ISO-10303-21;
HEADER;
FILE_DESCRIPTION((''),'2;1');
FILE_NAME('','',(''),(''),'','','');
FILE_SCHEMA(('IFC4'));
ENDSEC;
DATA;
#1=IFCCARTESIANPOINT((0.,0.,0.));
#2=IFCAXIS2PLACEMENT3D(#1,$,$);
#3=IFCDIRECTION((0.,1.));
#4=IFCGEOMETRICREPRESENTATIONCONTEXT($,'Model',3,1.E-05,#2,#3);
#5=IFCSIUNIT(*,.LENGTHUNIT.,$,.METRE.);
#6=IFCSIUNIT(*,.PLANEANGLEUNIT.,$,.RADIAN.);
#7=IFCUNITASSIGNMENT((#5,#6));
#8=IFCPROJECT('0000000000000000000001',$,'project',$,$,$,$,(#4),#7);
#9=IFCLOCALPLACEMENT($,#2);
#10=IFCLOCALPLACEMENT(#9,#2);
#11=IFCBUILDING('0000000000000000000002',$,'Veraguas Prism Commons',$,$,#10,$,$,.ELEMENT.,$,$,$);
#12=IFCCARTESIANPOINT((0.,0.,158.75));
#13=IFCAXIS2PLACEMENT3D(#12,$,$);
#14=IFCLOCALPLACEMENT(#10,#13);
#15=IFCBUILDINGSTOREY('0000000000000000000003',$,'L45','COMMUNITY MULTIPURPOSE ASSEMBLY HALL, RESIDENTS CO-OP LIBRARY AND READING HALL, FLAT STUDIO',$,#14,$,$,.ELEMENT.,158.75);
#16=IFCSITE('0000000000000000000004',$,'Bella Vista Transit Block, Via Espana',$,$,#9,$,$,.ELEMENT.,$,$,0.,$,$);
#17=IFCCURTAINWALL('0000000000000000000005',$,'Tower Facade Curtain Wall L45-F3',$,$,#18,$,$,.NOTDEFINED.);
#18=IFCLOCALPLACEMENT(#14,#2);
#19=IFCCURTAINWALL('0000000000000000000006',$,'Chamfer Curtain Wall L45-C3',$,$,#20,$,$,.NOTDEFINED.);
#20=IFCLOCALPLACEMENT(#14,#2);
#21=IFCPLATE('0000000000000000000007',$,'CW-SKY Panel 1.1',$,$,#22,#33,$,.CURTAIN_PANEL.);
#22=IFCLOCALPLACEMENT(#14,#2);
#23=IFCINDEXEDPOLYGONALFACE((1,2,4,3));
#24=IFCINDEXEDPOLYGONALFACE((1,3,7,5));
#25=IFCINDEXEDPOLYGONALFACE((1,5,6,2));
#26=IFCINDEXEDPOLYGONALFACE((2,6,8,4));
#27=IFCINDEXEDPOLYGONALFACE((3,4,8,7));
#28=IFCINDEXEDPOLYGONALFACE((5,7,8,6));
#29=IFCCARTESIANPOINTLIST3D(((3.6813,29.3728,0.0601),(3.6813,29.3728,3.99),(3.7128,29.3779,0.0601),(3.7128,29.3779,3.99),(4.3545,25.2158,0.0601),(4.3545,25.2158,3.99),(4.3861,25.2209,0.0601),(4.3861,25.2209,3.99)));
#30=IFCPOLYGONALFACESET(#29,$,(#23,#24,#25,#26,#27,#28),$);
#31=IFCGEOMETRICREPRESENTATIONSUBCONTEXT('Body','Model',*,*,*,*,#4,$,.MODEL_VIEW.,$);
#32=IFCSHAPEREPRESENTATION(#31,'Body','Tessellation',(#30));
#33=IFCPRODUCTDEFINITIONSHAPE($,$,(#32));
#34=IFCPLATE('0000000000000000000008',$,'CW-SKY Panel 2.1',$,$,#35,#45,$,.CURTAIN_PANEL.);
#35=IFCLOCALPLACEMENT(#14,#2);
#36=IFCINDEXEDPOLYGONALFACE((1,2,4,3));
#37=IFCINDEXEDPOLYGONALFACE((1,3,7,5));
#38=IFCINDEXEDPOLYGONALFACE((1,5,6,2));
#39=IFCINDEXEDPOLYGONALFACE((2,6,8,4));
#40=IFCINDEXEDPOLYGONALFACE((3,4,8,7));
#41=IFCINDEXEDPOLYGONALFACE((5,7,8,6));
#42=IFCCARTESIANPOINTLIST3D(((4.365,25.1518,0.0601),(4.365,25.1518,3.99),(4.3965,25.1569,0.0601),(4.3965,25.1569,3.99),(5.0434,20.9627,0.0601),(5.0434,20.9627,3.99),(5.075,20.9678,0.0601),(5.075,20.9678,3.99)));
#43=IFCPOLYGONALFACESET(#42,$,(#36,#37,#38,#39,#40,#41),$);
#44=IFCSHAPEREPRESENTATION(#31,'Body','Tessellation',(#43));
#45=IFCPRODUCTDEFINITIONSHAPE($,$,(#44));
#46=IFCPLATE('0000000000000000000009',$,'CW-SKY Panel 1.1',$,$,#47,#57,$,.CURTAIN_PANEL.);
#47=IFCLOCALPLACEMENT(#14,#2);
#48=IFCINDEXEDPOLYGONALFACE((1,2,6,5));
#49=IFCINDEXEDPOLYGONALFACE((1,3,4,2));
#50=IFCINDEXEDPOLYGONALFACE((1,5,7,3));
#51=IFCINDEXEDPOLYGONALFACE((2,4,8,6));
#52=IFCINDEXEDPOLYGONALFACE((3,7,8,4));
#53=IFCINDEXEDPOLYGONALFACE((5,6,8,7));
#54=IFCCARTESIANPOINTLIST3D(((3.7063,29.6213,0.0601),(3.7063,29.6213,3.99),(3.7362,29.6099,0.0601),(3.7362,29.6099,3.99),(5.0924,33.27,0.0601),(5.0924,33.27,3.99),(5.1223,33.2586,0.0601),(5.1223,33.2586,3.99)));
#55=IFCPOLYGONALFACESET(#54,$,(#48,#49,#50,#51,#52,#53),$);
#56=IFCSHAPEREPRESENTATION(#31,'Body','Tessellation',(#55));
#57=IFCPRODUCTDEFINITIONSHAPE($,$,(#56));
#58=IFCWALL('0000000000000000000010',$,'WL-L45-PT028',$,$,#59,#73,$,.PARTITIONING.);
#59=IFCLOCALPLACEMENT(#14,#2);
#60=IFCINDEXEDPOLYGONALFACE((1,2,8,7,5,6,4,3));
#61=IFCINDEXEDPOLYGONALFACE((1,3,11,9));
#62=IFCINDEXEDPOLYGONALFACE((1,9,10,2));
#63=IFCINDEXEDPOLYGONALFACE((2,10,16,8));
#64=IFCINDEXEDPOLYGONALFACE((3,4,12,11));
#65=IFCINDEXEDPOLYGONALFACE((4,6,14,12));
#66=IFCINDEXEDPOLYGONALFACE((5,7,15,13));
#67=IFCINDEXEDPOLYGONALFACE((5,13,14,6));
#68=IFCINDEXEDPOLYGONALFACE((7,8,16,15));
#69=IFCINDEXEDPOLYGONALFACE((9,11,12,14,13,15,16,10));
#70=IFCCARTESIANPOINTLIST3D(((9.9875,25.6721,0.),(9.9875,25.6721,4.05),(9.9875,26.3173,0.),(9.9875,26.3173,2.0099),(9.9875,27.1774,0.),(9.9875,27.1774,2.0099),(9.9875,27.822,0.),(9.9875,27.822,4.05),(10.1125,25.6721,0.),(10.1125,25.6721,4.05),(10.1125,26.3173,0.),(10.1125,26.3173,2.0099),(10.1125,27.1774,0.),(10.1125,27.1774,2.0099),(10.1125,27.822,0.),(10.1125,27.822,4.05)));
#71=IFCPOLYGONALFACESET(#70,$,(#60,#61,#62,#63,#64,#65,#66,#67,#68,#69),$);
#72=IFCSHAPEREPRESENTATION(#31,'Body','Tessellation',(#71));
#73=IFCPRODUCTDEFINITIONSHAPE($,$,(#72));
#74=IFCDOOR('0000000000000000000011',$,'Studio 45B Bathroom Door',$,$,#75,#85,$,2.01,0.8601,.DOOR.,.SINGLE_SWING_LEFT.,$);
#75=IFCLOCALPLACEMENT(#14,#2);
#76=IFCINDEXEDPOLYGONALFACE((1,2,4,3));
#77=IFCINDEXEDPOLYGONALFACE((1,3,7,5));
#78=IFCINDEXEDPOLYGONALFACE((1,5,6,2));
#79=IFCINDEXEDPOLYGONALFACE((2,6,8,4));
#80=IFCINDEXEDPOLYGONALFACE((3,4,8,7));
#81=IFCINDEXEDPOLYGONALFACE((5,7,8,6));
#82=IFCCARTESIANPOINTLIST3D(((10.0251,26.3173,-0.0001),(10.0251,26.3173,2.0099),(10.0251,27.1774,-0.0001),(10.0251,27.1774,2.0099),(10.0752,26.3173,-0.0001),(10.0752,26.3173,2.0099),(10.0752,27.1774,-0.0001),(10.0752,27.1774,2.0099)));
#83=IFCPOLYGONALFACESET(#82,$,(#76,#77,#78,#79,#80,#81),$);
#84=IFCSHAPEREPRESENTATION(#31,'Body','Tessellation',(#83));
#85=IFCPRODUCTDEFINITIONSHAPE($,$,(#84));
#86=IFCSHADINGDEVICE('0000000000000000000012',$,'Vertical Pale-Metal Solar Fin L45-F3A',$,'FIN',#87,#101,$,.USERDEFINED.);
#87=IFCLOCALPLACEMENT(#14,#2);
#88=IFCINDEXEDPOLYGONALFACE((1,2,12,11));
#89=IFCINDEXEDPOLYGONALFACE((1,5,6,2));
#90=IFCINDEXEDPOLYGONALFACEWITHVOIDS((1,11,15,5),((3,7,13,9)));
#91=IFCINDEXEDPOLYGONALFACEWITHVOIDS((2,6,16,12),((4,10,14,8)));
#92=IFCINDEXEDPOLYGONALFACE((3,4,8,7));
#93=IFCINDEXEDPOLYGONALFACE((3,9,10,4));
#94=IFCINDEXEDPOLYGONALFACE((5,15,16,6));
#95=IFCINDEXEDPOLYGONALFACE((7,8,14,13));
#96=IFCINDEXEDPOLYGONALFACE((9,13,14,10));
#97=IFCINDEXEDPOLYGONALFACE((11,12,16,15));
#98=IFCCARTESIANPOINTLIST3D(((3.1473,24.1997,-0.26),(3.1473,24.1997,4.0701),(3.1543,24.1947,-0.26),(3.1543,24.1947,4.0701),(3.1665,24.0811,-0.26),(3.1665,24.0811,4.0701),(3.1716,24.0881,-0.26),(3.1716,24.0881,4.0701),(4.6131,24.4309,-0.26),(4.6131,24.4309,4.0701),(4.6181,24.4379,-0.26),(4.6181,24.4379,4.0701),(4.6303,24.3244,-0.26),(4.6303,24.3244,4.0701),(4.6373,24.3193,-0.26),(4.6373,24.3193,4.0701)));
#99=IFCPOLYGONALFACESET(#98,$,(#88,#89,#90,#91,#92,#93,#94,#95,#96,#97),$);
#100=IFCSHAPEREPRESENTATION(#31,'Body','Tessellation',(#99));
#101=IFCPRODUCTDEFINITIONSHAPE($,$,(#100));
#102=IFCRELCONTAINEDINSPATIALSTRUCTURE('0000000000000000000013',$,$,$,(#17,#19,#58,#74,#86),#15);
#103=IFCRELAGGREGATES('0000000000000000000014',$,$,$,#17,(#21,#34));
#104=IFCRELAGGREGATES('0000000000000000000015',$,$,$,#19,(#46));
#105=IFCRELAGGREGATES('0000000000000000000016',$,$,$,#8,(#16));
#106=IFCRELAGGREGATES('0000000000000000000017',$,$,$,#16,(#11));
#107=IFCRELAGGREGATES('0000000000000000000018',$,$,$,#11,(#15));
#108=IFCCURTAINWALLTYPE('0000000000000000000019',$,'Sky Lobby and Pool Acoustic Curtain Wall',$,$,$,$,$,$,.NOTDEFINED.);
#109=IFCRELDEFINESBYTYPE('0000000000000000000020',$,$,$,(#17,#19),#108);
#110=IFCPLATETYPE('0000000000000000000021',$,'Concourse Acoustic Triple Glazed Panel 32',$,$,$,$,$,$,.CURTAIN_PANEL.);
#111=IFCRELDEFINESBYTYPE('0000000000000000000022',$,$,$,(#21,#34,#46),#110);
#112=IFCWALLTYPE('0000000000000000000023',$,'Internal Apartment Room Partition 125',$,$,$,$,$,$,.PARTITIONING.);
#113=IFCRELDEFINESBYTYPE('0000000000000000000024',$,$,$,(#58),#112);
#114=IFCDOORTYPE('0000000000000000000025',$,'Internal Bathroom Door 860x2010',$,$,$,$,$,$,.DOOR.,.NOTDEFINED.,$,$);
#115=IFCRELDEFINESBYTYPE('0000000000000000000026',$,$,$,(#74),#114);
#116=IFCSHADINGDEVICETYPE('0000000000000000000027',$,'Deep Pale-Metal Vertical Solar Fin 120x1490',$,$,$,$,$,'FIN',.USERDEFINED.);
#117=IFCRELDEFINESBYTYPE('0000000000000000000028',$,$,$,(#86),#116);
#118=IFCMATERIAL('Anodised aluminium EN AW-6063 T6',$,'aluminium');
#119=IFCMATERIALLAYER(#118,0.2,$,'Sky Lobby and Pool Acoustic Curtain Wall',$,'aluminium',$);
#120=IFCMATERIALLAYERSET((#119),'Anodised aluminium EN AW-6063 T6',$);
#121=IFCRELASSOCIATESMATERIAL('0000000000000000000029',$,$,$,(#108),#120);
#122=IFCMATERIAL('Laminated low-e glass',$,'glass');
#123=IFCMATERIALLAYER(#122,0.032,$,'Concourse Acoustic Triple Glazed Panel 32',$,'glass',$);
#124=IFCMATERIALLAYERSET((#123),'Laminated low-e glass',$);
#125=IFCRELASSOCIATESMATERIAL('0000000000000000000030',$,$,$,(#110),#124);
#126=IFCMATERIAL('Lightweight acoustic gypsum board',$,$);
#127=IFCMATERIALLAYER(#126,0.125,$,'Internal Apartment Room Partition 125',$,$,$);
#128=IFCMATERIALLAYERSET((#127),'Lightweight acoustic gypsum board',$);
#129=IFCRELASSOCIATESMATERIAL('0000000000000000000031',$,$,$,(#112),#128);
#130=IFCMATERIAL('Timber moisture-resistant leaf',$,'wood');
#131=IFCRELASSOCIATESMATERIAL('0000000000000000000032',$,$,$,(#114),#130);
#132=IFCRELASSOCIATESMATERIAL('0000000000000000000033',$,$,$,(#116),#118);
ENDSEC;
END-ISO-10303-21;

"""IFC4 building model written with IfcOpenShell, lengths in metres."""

from ifc_helpers import new_model, si_unit, direction, frame, frame_2d, origin, origin_2d, place, context, subcontext, project, spatial, rectangle, hollow_rectangle, extrude, source, transform, mapped, material, layer, layer_set, material_profile, profile_set, type_object, element, fill, aggregate, save


model = new_model("IFC4")

# Units and contexts
model_context = context("Model", 3, precision=1e-05, world=origin(), true_north=direction((0.0, 1.0)))
body_context = subcontext(model_context, "Body", "Model", "MODEL_VIEW")
ifc_project = project(units=[si_unit("LENGTHUNIT", "METRE"), si_unit("PLANEANGLEUNIT", "RADIAN")], contexts=[model_context])

# Site, building, storey
site_placement = place(None, origin())
site = spatial("IfcSite", under=ifc_project, at=site_placement, Name="Bella Vista Transit Block, Via Espana", CompositionType="ELEMENT", RefElevation=0.0)
building_placement = place(site_placement, origin())
building = spatial("IfcBuilding", under=site, at=building_placement, Name="Veraguas Prism Commons", CompositionType="ELEMENT")
storey_placement = place(building_placement, frame((0.0, 0.0, 158.75)))
storey = spatial("IfcBuildingStorey", under=building, at=storey_placement, Name="L45", Description="COMMUNITY MULTIPURPOSE ASSEMBLY HALL, RESIDENTS CO-OP LIBRARY AND READING HALL, FLAT STUDIO", CompositionType="ELEMENT", Elevation=158.75)

# Curtain wall
ifc_material_1 = material(Name="Anodised aluminium EN AW-6063 T6", Category="aluminium")
ifc_layer_1 = layer(ifc_material_1, 0.2, Name="Sky Lobby and Pool Acoustic Curtain Wall", Category="aluminium")
ifc_layer_set_1 = layer_set([ifc_layer_1], Name="Anodised aluminium EN AW-6063 T6")
curtain_wall_type = type_object("IfcCurtainWallType", Name="Sky Lobby and Pool Acoustic Curtain Wall", PredefinedType="NOTDEFINED", material=ifc_layer_set_1)
curtain_wall_1_placement = place(storey_placement, origin())
curtain_wall_1 = element("IfcCurtainWall", 1, at=curtain_wall_1_placement, inside=storey, type_object=curtain_wall_type, Name="Tower Facade Curtain Wall L45-F3", PredefinedType="NOTDEFINED")

# Curtain wall
curtain_wall_2_placement = place(storey_placement, origin())
curtain_wall_2 = element("IfcCurtainWall", 2, at=curtain_wall_2_placement, inside=storey, type_object=curtain_wall_type, Name="Chamfer Curtain Wall L45-C3", PredefinedType="NOTDEFINED")

# Plates
ifc_material_2 = material(Name="Laminated low-e glass", Category="glass")
ifc_layer_2 = layer(ifc_material_2, 0.032, Name="Concourse Acoustic Triple Glazed Panel 32", Category="glass")
ifc_layer_set_2 = layer_set([ifc_layer_2], Name="Laminated low-e glass")
plate_type = type_object("IfcPlateType", Name="Concourse Acoustic Triple Glazed Panel 32", PredefinedType="CURTAIN_PANEL", material=ifc_layer_set_2)
shared_shape_1 = source(origin(), body_context, "Body", "SweptSolid", [
    extrude(rectangle(XDim=4.2112, YDim=0.032, at=origin_2d()), origin(), (0.0, 0.0, 1.0), 3.9299),
])
plate_1_placement = place(storey_placement, frame((4.0337, 27.2969, 0.0601), z_axis=(0.0, 0.0, 1.0), x_axis=(0.159878, -0.987137, 0.0)))
plate_1 = element("IfcPlate", 3, at=plate_1_placement, type_object=plate_type, Name="CW-SKY Panel 1.1", PredefinedType="CURTAIN_PANEL", context=body_context, shape_type="MappedRepresentation", body=[
    mapped(shared_shape_1, transform((0.0, 0.0, 0.0), scale=1.0)),
])
shared_shape_2 = source(origin(), body_context, "Body", "SweptSolid", [
    extrude(rectangle(XDim=4.2437, YDim=0.032, at=origin_2d()), origin(), (0.0, 0.0, 1.0), 3.9299),
])
plate_2_placement = place(storey_placement, frame((4.72, 23.0598, 0.0601), z_axis=(0.0, 0.0, 1.0), x_axis=(0.159878, -0.987137, 0.0)))
plate_2 = element("IfcPlate", 4, at=plate_2_placement, type_object=plate_type, Name="CW-SKY Panel 2.1", PredefinedType="CURTAIN_PANEL", context=body_context, shape_type="MappedRepresentation", body=[
    mapped(shared_shape_2, transform((0.0, 0.0, 0.0), scale=1.0)),
])
aggregate(curtain_wall_1, [plate_1, plate_2])
shared_shape_3 = source(origin(), body_context, "Body", "SweptSolid", [
    extrude(rectangle(XDim=3.9031, YDim=0.032, at=origin_2d()), origin(), (0.0, 0.0, 1.0), 3.9299),
])
plate_3_placement = place(storey_placement, frame((4.4143, 31.4399, 0.0601), z_axis=(0.0, 0.0, 1.0), x_axis=(-0.355115, -0.934823, 0.0)))
plate_3 = element("IfcPlate", 5, at=plate_3_placement, type_object=plate_type, Name="CW-SKY Panel 1.1", PredefinedType="CURTAIN_PANEL", context=body_context, shape_type="MappedRepresentation", body=[
    mapped(shared_shape_3, transform((0.0, 0.0, 0.0), scale=1.0)),
])
aggregate(curtain_wall_2, [plate_3])

# Wall, opening, door
ifc_material_3 = material(Name="Lightweight acoustic gypsum board")
ifc_layer_3 = layer(ifc_material_3, 0.125, Name="Internal Apartment Room Partition 125")
ifc_layer_set_3 = layer_set([ifc_layer_3], Name="Lightweight acoustic gypsum board")
wall_type = type_object("IfcWallType", Name="Internal Apartment Room Partition 125", PredefinedType="PARTITIONING", material=ifc_layer_set_3)
wall_placement = place(storey_placement, frame((10.05, 25.6721, 0.0), z_axis=(0.0, 0.0, 1.0), x_axis=(0.0, 1.0, 0.0)))
wall = element("IfcWall", 6, at=wall_placement, inside=storey, type_object=wall_type, Name="WL-L45-PT028", PredefinedType="PARTITIONING", context=body_context, shape_type="SweptSolid", body=[
    extrude(rectangle(XDim=2.1499, YDim=0.125, at=frame_2d((1.075, 0.0))), origin(), (0.0, 0.0, 1.0), 4.05),
])
opening_placement = place(wall_placement, frame((0.645, 0.0, 0.0)))
opening = element("IfcOpeningElement", 7, at=opening_placement, cuts=wall, PredefinedType="OPENING", context=body_context, shape_type="SweptSolid", body=[
    extrude(rectangle(XDim=0.8601, YDim=2.01, at=frame_2d((0.4302, 1.0049))), frame((0.0, 0.0725, 0.0), z_axis=(0.0, -1.0, 0.0), x_axis=(1.0, 0.0, 0.0)), (0.0, 0.0, 1.0), 0.145),
])
ifc_material_4 = material(Name="Timber moisture-resistant leaf", Category="wood")
door_type = type_object("IfcDoorType", Name="Internal Bathroom Door 860x2010", OperationType="NOTDEFINED", PredefinedType="DOOR", material=ifc_material_4)
shared_shape_4 = source(origin(), body_context, "Body", "SweptSolid", [
    extrude(rectangle(XDim=0.8601, YDim=2.01, at=frame_2d((0.4302, 1.0049))), frame((0.0, 0.0249, 0.0), z_axis=(0.0, -1.0, 0.0), x_axis=(1.0, 0.0, 0.0)), (0.0, 0.0, 1.0), 0.05),
])
door_placement = place(opening_placement, origin())
door = element("IfcDoor", 8, at=door_placement, inside=storey, type_object=door_type, Name="Studio 45B Bathroom Door", OperationType="SINGLE_SWING_LEFT", OverallHeight=2.01, OverallWidth=0.8601, PredefinedType="DOOR", context=body_context, shape_type="MappedRepresentation", body=[
    mapped(shared_shape_4, transform((0.0, 0.0, 0.0), scale=1.0)),
])
fill(opening, door)

# Shading device
ifc_material_profile_1 = material_profile(ifc_material_1, hollow_rectangle(XDim=0.1201, YDim=1.49, WallThickness=0.0061, at=origin_2d()), Name="FIN120X1490X6")
ifc_profile_set_1 = profile_set([ifc_material_profile_1], Name="Anodised aluminium EN AW-6063 T6")
shading_device_type = type_object("IfcShadingDeviceType", Name="Deep Pale-Metal Vertical Solar Fin 120x1490", ElementType="FIN", PredefinedType="USERDEFINED", material=ifc_profile_set_1)
shading_device_placement = place(storey_placement, frame((3.8923, 24.2595, -0.26), z_axis=(0.0, 0.0, 1.0), x_axis=(0.159878, -0.987137, 0.0)))
element("IfcShadingDevice", 9, at=shading_device_placement, inside=storey, type_object=shading_device_type, Name="Vertical Pale-Metal Solar Fin L45-F3A", ObjectType="FIN", PredefinedType="USERDEFINED", context=body_context, shape_type="SweptSolid", body=[
    extrude(hollow_rectangle(XDim=0.1201, YDim=1.49, WallThickness=0.0061, at=origin_2d()), origin(), (0.0, 0.0, 1.0), 4.3301),
])

save(model, "model.ifc")
